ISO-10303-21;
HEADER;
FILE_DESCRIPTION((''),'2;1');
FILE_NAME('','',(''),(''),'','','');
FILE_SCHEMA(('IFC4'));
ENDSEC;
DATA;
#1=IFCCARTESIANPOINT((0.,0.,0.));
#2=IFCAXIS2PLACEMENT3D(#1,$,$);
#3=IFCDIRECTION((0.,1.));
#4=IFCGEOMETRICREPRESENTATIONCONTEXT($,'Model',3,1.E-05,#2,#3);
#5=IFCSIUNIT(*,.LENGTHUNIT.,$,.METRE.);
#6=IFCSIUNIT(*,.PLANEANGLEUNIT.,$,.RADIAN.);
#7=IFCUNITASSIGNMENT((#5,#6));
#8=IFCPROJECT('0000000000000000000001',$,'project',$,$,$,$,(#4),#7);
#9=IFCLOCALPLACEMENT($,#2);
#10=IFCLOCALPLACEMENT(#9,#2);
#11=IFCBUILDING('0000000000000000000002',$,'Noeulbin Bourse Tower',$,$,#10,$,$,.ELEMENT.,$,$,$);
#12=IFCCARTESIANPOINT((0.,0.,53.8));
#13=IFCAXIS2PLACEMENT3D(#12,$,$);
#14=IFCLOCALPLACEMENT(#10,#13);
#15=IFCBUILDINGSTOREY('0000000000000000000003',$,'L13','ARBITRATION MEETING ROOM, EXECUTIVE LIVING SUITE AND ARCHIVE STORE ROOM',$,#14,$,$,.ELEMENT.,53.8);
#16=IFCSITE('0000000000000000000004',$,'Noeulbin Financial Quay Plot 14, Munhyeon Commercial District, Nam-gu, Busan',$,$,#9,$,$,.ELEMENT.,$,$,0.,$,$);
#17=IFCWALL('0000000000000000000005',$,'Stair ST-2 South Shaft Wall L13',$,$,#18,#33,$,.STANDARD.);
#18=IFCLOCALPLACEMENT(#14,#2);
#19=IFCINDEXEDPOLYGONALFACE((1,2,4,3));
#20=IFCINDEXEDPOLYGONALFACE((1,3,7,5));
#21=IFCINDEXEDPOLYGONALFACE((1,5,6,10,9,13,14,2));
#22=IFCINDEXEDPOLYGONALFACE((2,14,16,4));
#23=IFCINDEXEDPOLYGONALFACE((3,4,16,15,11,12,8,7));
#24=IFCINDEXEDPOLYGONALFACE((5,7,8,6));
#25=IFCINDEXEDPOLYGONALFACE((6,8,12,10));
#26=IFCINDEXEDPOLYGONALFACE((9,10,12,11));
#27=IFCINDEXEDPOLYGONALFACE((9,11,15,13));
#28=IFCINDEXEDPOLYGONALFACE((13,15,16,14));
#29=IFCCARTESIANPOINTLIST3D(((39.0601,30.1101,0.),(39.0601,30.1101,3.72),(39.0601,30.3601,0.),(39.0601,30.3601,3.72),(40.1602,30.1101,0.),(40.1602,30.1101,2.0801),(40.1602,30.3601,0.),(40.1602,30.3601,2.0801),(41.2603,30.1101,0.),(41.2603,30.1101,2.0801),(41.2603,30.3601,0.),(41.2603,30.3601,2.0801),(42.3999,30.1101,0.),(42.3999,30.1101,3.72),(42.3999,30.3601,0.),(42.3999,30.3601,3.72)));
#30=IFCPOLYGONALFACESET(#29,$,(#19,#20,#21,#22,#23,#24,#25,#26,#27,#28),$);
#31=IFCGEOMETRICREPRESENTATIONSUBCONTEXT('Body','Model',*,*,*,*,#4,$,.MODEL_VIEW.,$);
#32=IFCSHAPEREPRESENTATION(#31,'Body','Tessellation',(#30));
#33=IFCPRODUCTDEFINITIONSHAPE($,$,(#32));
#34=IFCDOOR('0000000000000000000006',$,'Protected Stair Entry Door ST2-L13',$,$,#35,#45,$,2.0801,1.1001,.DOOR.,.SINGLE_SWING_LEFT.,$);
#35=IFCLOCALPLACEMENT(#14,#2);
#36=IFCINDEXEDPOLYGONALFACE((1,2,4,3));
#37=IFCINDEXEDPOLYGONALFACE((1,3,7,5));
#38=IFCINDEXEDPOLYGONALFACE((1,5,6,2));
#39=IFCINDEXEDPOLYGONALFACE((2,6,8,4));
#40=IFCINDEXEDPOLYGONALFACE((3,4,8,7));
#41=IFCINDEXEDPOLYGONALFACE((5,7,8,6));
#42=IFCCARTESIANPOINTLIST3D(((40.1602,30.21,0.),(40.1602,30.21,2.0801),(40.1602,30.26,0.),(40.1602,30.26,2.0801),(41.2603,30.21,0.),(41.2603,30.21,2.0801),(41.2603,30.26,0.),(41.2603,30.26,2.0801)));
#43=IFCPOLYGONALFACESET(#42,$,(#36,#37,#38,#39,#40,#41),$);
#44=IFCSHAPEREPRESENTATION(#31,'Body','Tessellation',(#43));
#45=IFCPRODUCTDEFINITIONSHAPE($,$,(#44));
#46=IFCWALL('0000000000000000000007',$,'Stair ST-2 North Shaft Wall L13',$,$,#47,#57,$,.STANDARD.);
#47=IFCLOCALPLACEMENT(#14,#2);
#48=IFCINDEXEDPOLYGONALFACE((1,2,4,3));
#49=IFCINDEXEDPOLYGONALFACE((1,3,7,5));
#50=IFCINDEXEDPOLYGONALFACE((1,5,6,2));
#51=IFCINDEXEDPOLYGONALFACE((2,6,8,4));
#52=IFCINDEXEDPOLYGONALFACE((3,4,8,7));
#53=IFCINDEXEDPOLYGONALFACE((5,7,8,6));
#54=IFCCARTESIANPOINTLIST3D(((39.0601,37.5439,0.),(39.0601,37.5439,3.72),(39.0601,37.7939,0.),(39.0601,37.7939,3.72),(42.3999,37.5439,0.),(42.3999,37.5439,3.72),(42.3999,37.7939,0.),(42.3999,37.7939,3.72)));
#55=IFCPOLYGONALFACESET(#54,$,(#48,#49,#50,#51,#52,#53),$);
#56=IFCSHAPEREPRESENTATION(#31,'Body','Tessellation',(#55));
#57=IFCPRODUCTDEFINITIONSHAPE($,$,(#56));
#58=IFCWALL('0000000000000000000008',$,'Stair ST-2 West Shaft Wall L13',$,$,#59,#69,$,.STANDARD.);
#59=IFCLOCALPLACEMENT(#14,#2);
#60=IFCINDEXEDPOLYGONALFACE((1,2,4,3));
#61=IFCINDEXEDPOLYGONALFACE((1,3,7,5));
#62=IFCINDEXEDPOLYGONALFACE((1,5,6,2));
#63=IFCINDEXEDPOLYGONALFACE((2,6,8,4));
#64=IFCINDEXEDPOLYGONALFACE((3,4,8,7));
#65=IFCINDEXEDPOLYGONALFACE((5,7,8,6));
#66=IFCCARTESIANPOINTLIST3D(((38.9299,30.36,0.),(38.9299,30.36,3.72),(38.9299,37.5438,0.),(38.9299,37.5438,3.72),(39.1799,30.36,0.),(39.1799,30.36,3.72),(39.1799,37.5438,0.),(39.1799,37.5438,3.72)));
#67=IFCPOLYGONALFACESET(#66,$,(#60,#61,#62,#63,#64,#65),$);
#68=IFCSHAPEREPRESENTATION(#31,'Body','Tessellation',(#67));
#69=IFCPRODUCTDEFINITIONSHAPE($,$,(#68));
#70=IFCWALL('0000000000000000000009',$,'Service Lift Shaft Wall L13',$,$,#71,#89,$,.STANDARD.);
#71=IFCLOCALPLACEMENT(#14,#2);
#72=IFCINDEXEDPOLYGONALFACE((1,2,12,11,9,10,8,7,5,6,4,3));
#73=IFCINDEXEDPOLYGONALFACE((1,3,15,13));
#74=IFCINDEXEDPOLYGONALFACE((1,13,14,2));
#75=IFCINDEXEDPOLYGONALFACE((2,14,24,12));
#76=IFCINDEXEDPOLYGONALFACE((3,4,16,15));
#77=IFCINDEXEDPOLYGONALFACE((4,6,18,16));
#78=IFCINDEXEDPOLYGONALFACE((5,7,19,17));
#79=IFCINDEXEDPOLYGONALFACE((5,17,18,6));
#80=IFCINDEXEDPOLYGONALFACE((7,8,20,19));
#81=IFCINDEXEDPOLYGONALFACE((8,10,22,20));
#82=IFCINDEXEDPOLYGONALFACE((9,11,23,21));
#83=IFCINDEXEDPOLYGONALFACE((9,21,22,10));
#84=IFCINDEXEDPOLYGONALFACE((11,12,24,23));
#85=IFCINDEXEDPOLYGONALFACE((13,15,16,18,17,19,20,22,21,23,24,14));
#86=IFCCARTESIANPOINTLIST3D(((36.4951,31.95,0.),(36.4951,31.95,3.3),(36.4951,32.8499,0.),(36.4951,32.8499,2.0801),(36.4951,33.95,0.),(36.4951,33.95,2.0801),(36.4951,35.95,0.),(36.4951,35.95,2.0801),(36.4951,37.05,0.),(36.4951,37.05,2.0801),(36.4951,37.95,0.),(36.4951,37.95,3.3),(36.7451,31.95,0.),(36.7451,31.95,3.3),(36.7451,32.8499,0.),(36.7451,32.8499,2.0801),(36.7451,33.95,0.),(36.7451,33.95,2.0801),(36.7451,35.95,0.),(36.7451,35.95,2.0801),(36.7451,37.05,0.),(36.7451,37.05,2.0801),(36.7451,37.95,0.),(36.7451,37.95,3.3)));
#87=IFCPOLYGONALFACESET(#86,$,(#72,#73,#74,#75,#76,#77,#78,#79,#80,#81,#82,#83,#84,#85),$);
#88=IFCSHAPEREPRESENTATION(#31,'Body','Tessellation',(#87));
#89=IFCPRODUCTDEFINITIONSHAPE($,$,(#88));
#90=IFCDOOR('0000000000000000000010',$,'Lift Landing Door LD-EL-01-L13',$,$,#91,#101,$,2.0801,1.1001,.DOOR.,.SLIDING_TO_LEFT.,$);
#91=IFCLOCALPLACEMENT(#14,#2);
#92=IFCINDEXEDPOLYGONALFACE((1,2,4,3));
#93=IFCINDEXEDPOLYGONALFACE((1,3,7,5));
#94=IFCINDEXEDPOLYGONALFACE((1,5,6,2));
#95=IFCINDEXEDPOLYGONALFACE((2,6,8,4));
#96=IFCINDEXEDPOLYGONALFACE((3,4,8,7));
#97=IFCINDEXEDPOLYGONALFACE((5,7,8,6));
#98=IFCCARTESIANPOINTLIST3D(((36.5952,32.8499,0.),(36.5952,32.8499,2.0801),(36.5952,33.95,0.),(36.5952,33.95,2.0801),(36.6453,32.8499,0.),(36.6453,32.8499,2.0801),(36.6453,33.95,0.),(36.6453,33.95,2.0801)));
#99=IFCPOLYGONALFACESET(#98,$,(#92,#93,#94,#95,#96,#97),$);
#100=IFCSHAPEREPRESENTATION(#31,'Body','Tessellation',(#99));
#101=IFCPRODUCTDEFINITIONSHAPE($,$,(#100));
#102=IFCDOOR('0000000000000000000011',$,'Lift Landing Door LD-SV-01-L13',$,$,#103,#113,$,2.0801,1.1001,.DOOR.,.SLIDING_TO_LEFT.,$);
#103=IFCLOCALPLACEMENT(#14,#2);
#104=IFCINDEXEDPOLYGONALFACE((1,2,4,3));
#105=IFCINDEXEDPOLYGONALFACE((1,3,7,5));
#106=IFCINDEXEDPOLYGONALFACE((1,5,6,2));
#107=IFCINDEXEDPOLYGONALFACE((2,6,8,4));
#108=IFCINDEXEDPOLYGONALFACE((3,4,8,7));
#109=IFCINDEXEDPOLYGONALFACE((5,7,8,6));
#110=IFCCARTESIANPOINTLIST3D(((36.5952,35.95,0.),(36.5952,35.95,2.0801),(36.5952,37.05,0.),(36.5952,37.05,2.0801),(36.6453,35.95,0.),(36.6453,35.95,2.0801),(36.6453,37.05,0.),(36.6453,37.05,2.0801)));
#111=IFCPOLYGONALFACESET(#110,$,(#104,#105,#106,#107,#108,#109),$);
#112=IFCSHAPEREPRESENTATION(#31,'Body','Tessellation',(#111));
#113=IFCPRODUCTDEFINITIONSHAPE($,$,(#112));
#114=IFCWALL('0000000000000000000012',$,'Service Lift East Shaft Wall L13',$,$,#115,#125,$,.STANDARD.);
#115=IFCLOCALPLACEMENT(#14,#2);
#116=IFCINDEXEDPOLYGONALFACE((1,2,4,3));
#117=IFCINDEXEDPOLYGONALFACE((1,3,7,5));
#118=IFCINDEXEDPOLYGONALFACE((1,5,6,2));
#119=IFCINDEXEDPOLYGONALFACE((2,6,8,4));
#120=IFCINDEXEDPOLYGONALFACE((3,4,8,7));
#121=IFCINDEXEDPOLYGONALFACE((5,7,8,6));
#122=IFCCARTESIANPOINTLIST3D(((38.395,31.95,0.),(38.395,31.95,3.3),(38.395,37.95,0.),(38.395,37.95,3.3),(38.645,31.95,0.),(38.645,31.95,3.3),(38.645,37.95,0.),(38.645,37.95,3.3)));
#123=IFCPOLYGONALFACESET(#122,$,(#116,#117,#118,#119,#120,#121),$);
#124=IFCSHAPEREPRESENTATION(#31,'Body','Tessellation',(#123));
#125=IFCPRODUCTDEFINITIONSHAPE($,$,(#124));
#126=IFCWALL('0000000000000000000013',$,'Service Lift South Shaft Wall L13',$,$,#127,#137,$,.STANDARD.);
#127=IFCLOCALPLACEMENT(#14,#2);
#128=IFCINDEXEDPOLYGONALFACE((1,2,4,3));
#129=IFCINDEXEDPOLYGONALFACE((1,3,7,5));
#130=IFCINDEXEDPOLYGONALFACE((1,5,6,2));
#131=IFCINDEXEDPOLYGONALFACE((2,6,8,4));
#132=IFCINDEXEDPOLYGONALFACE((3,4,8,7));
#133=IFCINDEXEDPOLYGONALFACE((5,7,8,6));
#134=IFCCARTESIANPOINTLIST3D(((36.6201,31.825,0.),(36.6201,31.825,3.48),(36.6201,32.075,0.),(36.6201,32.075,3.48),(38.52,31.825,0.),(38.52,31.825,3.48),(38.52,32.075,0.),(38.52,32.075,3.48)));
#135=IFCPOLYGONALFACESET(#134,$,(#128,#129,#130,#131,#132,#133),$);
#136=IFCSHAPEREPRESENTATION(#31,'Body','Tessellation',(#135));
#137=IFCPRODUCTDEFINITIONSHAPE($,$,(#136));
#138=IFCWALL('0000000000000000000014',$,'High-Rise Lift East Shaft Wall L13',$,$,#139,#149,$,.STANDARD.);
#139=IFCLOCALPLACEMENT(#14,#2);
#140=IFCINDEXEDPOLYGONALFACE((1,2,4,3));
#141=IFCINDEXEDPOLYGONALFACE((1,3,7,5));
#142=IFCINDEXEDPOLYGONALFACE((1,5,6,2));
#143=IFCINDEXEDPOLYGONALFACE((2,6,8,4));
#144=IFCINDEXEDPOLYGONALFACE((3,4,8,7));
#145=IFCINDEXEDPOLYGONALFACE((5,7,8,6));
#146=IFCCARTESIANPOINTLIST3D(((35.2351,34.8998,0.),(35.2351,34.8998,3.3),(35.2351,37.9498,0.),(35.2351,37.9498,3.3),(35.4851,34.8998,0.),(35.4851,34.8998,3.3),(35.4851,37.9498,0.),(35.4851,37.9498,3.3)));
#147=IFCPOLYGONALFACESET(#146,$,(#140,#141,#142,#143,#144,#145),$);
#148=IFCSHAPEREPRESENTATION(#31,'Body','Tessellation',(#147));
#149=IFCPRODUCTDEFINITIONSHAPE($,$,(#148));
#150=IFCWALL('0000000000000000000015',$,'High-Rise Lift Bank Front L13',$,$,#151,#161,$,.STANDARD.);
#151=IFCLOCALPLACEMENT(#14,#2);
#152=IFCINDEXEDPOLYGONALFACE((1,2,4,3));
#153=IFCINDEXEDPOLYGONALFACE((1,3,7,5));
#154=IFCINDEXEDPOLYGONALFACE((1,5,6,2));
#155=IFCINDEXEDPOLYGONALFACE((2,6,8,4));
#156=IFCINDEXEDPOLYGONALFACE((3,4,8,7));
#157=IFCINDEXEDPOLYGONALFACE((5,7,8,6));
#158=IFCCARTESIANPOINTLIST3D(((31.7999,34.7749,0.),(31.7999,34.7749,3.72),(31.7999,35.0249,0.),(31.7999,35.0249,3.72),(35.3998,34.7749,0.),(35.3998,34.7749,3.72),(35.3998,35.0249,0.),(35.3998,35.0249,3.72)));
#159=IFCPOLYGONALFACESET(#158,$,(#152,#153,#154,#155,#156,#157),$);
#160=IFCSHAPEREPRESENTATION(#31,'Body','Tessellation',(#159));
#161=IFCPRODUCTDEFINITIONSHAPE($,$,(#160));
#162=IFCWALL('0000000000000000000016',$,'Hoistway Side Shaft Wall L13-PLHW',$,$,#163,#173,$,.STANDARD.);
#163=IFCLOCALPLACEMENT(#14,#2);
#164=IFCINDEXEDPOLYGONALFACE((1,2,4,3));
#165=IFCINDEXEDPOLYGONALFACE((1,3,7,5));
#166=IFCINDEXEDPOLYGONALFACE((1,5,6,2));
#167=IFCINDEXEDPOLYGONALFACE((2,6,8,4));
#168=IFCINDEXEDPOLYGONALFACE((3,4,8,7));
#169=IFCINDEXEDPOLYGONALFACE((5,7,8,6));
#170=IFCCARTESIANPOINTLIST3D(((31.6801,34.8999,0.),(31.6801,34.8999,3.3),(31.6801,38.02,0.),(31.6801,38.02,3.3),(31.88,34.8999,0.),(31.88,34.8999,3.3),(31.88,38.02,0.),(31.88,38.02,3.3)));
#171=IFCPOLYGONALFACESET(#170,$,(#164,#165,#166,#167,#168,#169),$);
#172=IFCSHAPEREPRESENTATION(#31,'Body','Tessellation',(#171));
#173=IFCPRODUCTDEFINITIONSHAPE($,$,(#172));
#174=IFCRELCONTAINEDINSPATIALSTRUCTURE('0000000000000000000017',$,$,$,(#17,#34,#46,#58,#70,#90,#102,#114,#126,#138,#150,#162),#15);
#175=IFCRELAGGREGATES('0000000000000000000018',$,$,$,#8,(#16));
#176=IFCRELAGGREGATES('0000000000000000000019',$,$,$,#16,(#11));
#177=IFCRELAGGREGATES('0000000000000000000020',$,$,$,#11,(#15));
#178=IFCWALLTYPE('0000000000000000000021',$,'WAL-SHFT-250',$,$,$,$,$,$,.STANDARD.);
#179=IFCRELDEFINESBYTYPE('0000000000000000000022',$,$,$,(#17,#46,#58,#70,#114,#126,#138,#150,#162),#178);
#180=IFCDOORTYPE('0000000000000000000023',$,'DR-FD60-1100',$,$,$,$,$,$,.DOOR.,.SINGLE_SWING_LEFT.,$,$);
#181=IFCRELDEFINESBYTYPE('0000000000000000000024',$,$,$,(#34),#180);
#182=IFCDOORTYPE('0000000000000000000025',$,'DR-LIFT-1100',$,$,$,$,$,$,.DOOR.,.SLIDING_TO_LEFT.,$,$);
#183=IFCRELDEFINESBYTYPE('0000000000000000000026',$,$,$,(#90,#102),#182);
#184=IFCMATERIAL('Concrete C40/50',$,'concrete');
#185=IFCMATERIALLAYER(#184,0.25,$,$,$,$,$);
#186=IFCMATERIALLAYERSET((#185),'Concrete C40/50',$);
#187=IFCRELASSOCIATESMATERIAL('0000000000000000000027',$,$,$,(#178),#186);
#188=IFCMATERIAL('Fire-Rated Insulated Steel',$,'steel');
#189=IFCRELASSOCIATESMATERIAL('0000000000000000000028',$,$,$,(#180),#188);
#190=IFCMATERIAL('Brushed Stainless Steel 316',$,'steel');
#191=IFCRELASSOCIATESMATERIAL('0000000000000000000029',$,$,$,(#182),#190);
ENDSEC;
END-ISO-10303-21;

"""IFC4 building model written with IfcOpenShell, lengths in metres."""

from ifc_helpers import new_model, si_unit, direction, frame, frame_2d, origin, place, context, subcontext, project, spatial, rectangle, extrude, material, layer, layer_set, type_object, element, fill, save


model = new_model("IFC4")

# Units and contexts
model_context = context("Model", 3, precision=1e-05, world=origin(), true_north=direction((0.0, 1.0)))
body_context = subcontext(model_context, "Body", "Model", "MODEL_VIEW")
ifc_project = project(units=[si_unit("LENGTHUNIT", "METRE"), si_unit("PLANEANGLEUNIT", "RADIAN")], contexts=[model_context])

# Site, building, storey
site_placement = place(None, origin())
site = spatial("IfcSite", under=ifc_project, at=site_placement, Name="Noeulbin Financial Quay Plot 14, Munhyeon Commercial District, Nam-gu, Busan", CompositionType="ELEMENT", RefElevation=0.0)
building_placement = place(site_placement, origin())
building = spatial("IfcBuilding", under=site, at=building_placement, Name="Noeulbin Bourse Tower", CompositionType="ELEMENT")
storey_placement = place(building_placement, frame((0.0, 0.0, 53.8)))
storey = spatial("IfcBuildingStorey", under=building, at=storey_placement, Name="L13", Description="ARBITRATION MEETING ROOM, EXECUTIVE LIVING SUITE AND ARCHIVE STORE ROOM", CompositionType="ELEMENT", Elevation=53.8)

# Shared definitions
ifc_material_1 = material(Name="Concrete C40/50", Category="concrete")

# Wall, opening, door
ifc_layer_1 = layer(ifc_material_1, 0.25)
ifc_layer_set_1 = layer_set([ifc_layer_1], Name="Concrete C40/50")
wall_type_1 = type_object("IfcWallType", Name="WAL-SHFT-250", PredefinedType="STANDARD", material=ifc_layer_set_1)
wall_1_placement = place(storey_placement, frame((39.0601, 30.2351, 0.0), z_axis=(0.0, 0.0, 1.0), x_axis=(1.0, 0.0, 0.0)))
wall_1 = element("IfcWall", 1, at=wall_1_placement, inside=storey, type_object=wall_type_1, Name="Stair ST-2 South Shaft Wall L13", PredefinedType="STANDARD", context=body_context, shape_type="SweptSolid", body=[
    extrude(rectangle(XDim=3.3398, YDim=0.25, at=frame_2d((1.6699, 0.0))), origin(), (0.0, 0.0, 1.0), 3.72),
])
opening_1_placement = place(wall_1_placement, frame((1.1001, 0.0, 0.0)))
opening_1 = element("IfcOpeningElement", 2, at=opening_1_placement, cuts=wall_1, PredefinedType="OPENING", context=body_context, shape_type="SweptSolid", body=[
    extrude(rectangle(XDim=1.1001, YDim=2.0801, at=frame_2d((0.55, 1.04))), frame((0.0, 0.135, 0.0), z_axis=(0.0, -1.0, 0.0), x_axis=(1.0, 0.0, 0.0)), (0.0, 0.0, 1.0), 0.27),
])
ifc_material_2 = material(Name="Fire-Rated Insulated Steel", Category="steel")
door_type_1 = type_object("IfcDoorType", Name="DR-FD60-1100", OperationType="SINGLE_SWING_LEFT", PredefinedType="DOOR", material=ifc_material_2)
door_1_placement = place(opening_1_placement, origin())
door_1 = element("IfcDoor", 3, at=door_1_placement, inside=storey, type_object=door_type_1, Name="Protected Stair Entry Door ST2-L13", OperationType="SINGLE_SWING_LEFT", OverallHeight=2.0801, OverallWidth=1.1001, PredefinedType="DOOR", context=body_context, shape_type="SweptSolid", body=[
    extrude(rectangle(XDim=1.1001, YDim=2.0801, at=frame_2d((0.55, 1.04))), frame((0.0, 0.0249, 0.0), z_axis=(0.0, -1.0, 0.0), x_axis=(1.0, 0.0, 0.0)), (0.0, 0.0, 1.0), 0.05),
])
fill(opening_1, door_1)

# Walls
wall_2_placement = place(storey_placement, frame((39.0601, 37.6689, 0.0), z_axis=(0.0, 0.0, 1.0), x_axis=(1.0, 0.0, 0.0)))
element("IfcWall", 4, at=wall_2_placement, inside=storey, type_object=wall_type_1, Name="Stair ST-2 North Shaft Wall L13", PredefinedType="STANDARD", context=body_context, shape_type="SweptSolid", body=[
    extrude(rectangle(XDim=3.3398, YDim=0.25, at=frame_2d((1.6699, 0.0))), origin(), (0.0, 0.0, 1.0), 3.72),
])
wall_3_placement = place(storey_placement, frame((39.0549, 30.3601, 0.0), z_axis=(0.0, 0.0, 1.0), x_axis=(0.0, 1.0, 0.0)))
element("IfcWall", 5, at=wall_3_placement, inside=storey, type_object=wall_type_1, Name="Stair ST-2 West Shaft Wall L13", PredefinedType="STANDARD", context=body_context, shape_type="SweptSolid", body=[
    extrude(rectangle(XDim=7.1838, YDim=0.25, at=frame_2d((3.5918, 0.0))), origin(), (0.0, 0.0, 1.0), 3.72),
])

# Wall, openings, doors
wall_4_placement = place(storey_placement, frame((36.6201, 31.95, 0.0), z_axis=(0.0, 0.0, 1.0), x_axis=(0.0, 1.0, 0.0)))
wall_4 = element("IfcWall", 6, at=wall_4_placement, inside=storey, type_object=wall_type_1, Name="Service Lift Shaft Wall L13", PredefinedType="STANDARD", context=body_context, shape_type="SweptSolid", body=[
    extrude(rectangle(XDim=6.0, YDim=0.25, at=frame_2d((3.0, 0.0))), origin(), (0.0, 0.0, 1.0), 3.3),
])
opening_2_placement = place(wall_4_placement, frame((0.8999, 0.0, 0.0)))
opening_2 = element("IfcOpeningElement", 7, at=opening_2_placement, cuts=wall_4, PredefinedType="OPENING", context=body_context, shape_type="SweptSolid", body=[
    extrude(rectangle(XDim=1.1001, YDim=2.0801, at=frame_2d((0.55, 1.04))), frame((0.0, 0.135, 0.0), z_axis=(0.0, -1.0, 0.0), x_axis=(1.0, 0.0, 0.0)), (0.0, 0.0, 1.0), 0.27),
])
opening_3_placement = place(wall_4_placement, frame((4.0, 0.0, 0.0)))
opening_3 = element("IfcOpeningElement", 8, at=opening_3_placement, cuts=wall_4, PredefinedType="OPENING", context=body_context, shape_type="SweptSolid", body=[
    extrude(rectangle(XDim=1.1001, YDim=2.0801, at=frame_2d((0.55, 1.04))), frame((0.0, 0.135, 0.0), z_axis=(0.0, -1.0, 0.0), x_axis=(1.0, 0.0, 0.0)), (0.0, 0.0, 1.0), 0.27),
])
ifc_material_3 = material(Name="Brushed Stainless Steel 316", Category="steel")
door_type_2 = type_object("IfcDoorType", Name="DR-LIFT-1100", OperationType="SLIDING_TO_LEFT", PredefinedType="DOOR", material=ifc_material_3)
door_2_placement = place(opening_2_placement, origin())
door_2 = element("IfcDoor", 9, at=door_2_placement, inside=storey, type_object=door_type_2, Name="Lift Landing Door LD-EL-01-L13", OperationType="SLIDING_TO_LEFT", OverallHeight=2.0801, OverallWidth=1.1001, PredefinedType="DOOR", context=body_context, shape_type="SweptSolid", body=[
    extrude(rectangle(XDim=1.1001, YDim=2.0801, at=frame_2d((0.55, 1.04))), frame((0.0, 0.0249, 0.0), z_axis=(0.0, -1.0, 0.0), x_axis=(1.0, 0.0, 0.0)), (0.0, 0.0, 1.0), 0.05),
])
fill(opening_2, door_2)
door_3_placement = place(opening_3_placement, origin())
door_3 = element("IfcDoor", 10, at=door_3_placement, inside=storey, type_object=door_type_2, Name="Lift Landing Door LD-SV-01-L13", OperationType="SLIDING_TO_LEFT", OverallHeight=2.0801, OverallWidth=1.1001, PredefinedType="DOOR", context=body_context, shape_type="SweptSolid", body=[
    extrude(rectangle(XDim=1.1001, YDim=2.0801, at=frame_2d((0.55, 1.04))), frame((0.0, 0.0249, 0.0), z_axis=(0.0, -1.0, 0.0), x_axis=(1.0, 0.0, 0.0)), (0.0, 0.0, 1.0), 0.05),
])
fill(opening_3, door_3)

# Walls
wall_5_placement = place(storey_placement, frame((38.52, 31.95, 0.0), z_axis=(0.0, 0.0, 1.0), x_axis=(0.0, 1.0, 0.0)))
element("IfcWall", 11, at=wall_5_placement, inside=storey, type_object=wall_type_1, Name="Service Lift East Shaft Wall L13", PredefinedType="STANDARD", context=body_context, shape_type="SweptSolid", body=[
    extrude(rectangle(XDim=6.0, YDim=0.25, at=frame_2d((3.0, 0.0))), origin(), (0.0, 0.0, 1.0), 3.3),
])
wall_6_placement = place(storey_placement, frame((36.6201, 31.95, 0.0), z_axis=(0.0, 0.0, 1.0), x_axis=(1.0, 0.0, 0.0)))
element("IfcWall", 12, at=wall_6_placement, inside=storey, type_object=wall_type_1, Name="Service Lift South Shaft Wall L13", PredefinedType="STANDARD", context=body_context, shape_type="SweptSolid", body=[
    extrude(rectangle(XDim=1.8999, YDim=0.25, at=frame_2d((0.95, 0.0))), origin(), (0.0, 0.0, 1.0), 3.48),
])
wall_7_placement = place(storey_placement, frame((35.3601, 34.8999, 0.0), z_axis=(0.0, 0.0, 1.0), x_axis=(0.0, 1.0, 0.0)))
element("IfcWall", 13, at=wall_7_placement, inside=storey, type_object=wall_type_1, Name="High-Rise Lift East Shaft Wall L13", PredefinedType="STANDARD", context=body_context, shape_type="SweptSolid", body=[
    extrude(rectangle(XDim=3.05, YDim=0.25, at=frame_2d((1.5249, 0.0))), origin(), (0.0, 0.0, 1.0), 3.3),
])
wall_8_placement = place(storey_placement, frame((31.8, 34.8999, 0.0), z_axis=(0.0, 0.0, 1.0), x_axis=(1.0, 0.0, 0.0)))
element("IfcWall", 14, at=wall_8_placement, inside=storey, type_object=wall_type_1, Name="High-Rise Lift Bank Front L13", PredefinedType="STANDARD", context=body_context, shape_type="SweptSolid", body=[
    extrude(rectangle(XDim=3.5999, YDim=0.25, at=frame_2d((1.7998, 0.0))), origin(), (0.0, 0.0, 1.0), 3.72),
])
wall_9_placement = place(storey_placement, frame((31.78, 34.8999, 0.0), z_axis=(0.0, 0.0, 1.0), x_axis=(0.0, 1.0, 0.0)))
element("IfcWall", 15, at=wall_9_placement, inside=storey, type_object=wall_type_1, Name="Hoistway Side Shaft Wall L13-PLHW", PredefinedType="STANDARD", context=body_context, shape_type="SweptSolid", body=[
    extrude(rectangle(XDim=3.1201, YDim=0.2, at=frame_2d((1.5601, 0.0))), origin(), (0.0, 0.0, 1.0), 3.3),
])

save(model, "model.ifc")
